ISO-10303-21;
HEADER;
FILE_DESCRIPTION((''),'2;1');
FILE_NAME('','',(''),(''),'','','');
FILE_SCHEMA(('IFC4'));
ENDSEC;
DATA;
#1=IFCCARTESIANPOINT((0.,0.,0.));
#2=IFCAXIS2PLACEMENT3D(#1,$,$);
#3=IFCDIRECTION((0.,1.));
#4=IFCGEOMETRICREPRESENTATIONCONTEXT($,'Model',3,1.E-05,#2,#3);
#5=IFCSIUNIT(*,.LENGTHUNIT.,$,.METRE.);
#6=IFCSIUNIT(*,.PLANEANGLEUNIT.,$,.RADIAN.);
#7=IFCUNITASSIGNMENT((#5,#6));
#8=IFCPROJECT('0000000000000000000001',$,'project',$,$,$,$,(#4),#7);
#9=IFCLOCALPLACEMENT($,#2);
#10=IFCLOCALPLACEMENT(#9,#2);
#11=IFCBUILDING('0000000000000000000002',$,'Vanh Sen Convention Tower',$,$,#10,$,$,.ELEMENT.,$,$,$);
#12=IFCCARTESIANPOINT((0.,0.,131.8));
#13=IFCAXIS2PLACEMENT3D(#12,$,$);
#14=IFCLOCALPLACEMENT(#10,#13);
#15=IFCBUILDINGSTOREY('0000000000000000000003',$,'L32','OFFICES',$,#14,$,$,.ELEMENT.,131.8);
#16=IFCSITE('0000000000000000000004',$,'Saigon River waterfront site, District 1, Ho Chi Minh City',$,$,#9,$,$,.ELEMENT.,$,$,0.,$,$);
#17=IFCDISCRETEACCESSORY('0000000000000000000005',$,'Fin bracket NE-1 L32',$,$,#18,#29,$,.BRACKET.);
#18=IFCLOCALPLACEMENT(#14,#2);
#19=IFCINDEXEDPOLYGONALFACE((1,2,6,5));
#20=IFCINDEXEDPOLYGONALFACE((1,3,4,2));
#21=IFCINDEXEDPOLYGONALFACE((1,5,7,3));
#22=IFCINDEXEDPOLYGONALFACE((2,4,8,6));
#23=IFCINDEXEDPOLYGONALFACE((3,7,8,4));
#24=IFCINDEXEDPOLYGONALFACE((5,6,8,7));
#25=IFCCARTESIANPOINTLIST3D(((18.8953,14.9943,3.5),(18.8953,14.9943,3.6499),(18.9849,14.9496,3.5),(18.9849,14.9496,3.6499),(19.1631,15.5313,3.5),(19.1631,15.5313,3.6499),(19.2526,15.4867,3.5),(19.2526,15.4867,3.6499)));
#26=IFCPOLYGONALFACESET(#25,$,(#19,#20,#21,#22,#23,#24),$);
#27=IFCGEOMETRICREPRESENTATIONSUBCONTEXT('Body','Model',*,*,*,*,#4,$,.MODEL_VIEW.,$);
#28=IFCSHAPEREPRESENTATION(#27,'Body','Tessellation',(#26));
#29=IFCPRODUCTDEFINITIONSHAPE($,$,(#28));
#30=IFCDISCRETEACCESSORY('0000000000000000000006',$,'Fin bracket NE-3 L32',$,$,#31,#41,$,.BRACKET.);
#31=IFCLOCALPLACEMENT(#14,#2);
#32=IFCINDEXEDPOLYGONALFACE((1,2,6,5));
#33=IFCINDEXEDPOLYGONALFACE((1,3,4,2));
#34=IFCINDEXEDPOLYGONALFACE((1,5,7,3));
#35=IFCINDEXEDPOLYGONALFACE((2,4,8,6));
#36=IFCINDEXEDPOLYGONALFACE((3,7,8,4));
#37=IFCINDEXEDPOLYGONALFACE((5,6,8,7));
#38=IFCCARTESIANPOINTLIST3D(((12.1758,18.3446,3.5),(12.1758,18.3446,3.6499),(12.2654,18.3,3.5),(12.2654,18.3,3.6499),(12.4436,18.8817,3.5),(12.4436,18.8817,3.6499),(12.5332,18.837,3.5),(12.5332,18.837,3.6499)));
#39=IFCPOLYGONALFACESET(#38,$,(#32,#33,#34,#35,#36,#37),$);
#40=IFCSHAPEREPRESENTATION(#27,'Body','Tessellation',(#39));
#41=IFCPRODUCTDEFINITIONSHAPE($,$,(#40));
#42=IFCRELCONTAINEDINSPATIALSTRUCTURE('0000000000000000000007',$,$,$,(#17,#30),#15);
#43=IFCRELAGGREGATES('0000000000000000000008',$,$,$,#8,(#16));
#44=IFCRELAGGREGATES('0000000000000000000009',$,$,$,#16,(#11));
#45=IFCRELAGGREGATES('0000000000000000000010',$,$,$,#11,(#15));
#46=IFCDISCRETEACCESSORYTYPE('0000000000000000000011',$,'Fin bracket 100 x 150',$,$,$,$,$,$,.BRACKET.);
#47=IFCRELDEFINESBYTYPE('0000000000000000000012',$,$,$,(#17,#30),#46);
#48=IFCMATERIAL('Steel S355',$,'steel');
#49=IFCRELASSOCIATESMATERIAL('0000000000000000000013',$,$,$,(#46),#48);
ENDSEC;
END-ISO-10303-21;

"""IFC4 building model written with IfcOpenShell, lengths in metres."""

from ifc_helpers import new_model, si_unit, direction, frame, origin, origin_2d, place, context, subcontext, project, spatial, rectangle, extrude, material, type_object, element, save


model = new_model("IFC4")

# Units and contexts
model_context = context("Model", 3, precision=1e-05, world=origin(), true_north=direction((0.0, 1.0)))
body_context = subcontext(model_context, "Body", "Model", "MODEL_VIEW")
ifc_project = project(units=[si_unit("LENGTHUNIT", "METRE"), si_unit("PLANEANGLEUNIT", "RADIAN")], contexts=[model_context])

# Site, building, storey
site_placement = place(None, origin())
site = spatial("IfcSite", under=ifc_project, at=site_placement, Name="Saigon River waterfront site, District 1, Ho Chi Minh City", CompositionType="ELEMENT", RefElevation=0.0)
building_placement = place(site_placement, origin())
building = spatial("IfcBuilding", under=site, at=building_placement, Name="Vanh Sen Convention Tower", CompositionType="ELEMENT")
storey_placement = place(building_placement, frame((0.0, 0.0, 131.8)))
storey = spatial("IfcBuildingStorey", under=building, at=storey_placement, Name="L32", Description="OFFICES", CompositionType="ELEMENT", Elevation=131.8)

# Discrete accessories
ifc_material_1 = material(Name="Steel S355", Category="steel")
discrete_accessory_type = type_object("IfcDiscreteAccessoryType", Name="Fin bracket 100 x 150", PredefinedType="BRACKET", material=ifc_material_1)
for number, where, z_axis, x_axis, name in (
    (1, (19.074, 15.2405, 3.5), (0.0, 0.0, 1.0), (0.446198, 0.894934, 0.0), "Fin bracket NE-1 L32"),
    (2, (12.3545, 18.5908, 3.5), (0.0, 0.0, 1.0), (0.446198, 0.894934, 0.0), "Fin bracket NE-3 L32"),
):
    element("IfcDiscreteAccessory", number, at=place(storey_placement, frame(where, z_axis=z_axis, x_axis=x_axis)), inside=storey, type_object=discrete_accessory_type, Name=name, PredefinedType="BRACKET", context=body_context, shape_type="SweptSolid", body=[
        extrude(rectangle(XDim=0.6001, YDim=0.1001, at=origin_2d()), origin(), (0.0, 0.0, 1.0), 0.1499),
    ])

save(model, "model.ifc")
